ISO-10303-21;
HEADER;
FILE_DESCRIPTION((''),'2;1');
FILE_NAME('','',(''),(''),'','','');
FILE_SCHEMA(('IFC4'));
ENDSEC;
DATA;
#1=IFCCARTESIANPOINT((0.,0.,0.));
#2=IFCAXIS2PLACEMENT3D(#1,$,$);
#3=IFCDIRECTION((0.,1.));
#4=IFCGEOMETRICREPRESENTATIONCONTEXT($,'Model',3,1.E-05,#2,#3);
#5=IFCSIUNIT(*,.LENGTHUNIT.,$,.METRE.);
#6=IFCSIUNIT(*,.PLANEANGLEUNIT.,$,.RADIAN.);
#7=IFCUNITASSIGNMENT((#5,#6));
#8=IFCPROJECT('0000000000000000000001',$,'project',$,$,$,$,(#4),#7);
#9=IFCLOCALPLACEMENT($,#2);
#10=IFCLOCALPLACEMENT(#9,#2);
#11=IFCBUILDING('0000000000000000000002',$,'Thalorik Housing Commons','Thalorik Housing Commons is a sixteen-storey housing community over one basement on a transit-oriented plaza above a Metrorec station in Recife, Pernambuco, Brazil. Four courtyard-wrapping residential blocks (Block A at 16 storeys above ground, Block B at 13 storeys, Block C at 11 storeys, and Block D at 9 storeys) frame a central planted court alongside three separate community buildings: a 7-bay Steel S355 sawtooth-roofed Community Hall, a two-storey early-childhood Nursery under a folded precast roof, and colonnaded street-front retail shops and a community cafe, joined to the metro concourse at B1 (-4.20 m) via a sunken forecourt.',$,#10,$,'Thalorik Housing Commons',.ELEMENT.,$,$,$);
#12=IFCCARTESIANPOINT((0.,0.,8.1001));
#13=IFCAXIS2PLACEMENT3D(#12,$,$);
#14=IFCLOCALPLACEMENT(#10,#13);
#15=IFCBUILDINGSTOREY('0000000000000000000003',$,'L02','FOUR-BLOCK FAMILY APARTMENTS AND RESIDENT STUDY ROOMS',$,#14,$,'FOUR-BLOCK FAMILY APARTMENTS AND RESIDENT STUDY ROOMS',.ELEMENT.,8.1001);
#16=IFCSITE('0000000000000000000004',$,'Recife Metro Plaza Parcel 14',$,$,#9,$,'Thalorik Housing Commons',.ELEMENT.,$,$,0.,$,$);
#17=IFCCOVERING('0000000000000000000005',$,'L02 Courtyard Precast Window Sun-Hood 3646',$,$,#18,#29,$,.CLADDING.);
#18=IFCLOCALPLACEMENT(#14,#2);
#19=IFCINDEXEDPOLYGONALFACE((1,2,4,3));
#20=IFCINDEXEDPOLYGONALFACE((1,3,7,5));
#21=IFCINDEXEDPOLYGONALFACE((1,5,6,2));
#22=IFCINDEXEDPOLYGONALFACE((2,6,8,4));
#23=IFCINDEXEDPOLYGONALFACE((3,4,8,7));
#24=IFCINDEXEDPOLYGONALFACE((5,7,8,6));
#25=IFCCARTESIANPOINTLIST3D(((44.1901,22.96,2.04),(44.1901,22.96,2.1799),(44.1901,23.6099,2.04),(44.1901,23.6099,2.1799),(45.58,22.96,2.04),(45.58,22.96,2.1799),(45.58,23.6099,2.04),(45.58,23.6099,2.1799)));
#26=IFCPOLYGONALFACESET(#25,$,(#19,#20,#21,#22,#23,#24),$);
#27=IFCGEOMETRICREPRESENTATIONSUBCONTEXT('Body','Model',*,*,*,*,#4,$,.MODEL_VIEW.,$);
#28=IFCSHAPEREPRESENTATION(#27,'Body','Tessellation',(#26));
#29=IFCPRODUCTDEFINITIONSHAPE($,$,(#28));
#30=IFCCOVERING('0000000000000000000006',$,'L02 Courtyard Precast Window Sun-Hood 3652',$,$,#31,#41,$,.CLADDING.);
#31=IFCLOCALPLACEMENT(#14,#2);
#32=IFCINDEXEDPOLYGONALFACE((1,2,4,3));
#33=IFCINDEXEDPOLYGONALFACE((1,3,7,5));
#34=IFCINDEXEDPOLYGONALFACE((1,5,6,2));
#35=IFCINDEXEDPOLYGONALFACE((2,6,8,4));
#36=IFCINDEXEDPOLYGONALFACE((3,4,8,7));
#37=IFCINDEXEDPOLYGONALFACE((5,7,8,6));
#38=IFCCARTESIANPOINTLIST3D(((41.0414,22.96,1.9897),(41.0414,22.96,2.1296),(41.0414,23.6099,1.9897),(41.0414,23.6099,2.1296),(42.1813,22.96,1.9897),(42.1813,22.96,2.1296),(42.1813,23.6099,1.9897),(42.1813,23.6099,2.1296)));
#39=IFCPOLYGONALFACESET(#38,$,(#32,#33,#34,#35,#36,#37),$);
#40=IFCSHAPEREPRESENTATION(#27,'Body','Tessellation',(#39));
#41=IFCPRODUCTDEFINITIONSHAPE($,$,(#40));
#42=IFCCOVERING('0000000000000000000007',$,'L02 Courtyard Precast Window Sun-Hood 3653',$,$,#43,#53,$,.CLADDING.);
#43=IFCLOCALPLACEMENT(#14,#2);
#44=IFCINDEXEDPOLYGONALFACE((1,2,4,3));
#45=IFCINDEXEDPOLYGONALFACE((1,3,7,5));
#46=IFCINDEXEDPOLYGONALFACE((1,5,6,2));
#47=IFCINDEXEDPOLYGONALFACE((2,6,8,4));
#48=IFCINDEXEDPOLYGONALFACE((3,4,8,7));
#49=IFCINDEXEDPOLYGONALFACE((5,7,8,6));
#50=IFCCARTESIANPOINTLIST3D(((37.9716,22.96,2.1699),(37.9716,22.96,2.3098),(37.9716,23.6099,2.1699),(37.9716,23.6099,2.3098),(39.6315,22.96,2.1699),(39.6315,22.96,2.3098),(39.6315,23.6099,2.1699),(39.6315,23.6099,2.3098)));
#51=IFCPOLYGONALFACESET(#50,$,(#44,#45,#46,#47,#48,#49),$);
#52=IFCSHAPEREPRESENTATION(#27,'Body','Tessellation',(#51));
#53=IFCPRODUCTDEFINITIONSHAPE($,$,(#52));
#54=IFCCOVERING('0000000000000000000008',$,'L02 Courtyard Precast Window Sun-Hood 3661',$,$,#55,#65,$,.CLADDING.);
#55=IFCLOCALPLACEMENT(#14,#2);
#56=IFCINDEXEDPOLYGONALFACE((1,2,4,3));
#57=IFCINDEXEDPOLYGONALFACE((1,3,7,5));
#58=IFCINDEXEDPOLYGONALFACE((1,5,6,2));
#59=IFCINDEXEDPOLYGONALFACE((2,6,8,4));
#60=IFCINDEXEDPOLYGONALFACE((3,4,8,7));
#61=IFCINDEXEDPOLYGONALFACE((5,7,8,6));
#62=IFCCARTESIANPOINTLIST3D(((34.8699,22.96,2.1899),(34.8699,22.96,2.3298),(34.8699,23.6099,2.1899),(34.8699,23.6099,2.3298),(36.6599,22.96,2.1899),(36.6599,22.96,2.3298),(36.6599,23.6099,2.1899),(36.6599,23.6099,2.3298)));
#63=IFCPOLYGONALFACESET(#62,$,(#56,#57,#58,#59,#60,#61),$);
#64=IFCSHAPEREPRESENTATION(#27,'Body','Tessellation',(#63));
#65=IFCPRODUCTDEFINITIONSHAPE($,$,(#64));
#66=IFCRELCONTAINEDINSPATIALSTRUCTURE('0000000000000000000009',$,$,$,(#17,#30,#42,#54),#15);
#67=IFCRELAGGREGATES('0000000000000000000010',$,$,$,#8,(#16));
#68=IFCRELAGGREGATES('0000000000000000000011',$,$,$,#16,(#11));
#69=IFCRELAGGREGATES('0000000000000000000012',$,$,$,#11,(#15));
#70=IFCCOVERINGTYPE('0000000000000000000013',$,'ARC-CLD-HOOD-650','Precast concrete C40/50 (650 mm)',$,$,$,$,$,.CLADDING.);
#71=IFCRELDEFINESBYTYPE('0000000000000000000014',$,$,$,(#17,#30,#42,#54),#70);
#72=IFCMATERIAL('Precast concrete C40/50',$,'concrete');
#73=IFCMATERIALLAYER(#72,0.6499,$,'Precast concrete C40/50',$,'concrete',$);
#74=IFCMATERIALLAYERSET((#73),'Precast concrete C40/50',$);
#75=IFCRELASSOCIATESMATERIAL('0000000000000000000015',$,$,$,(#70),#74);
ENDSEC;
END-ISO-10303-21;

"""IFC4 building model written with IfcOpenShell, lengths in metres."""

from ifc_helpers import new_model, si_unit, direction, frame, origin, origin_2d, place, context, subcontext, project, spatial, rectangle, extrude, material, layer, layer_set, type_object, element, save


model = new_model("IFC4")

# Units and contexts
model_context = context("Model", 3, precision=1e-05, world=origin(), true_north=direction((0.0, 1.0)))
body_context = subcontext(model_context, "Body", "Model", "MODEL_VIEW")
ifc_project = project(units=[si_unit("LENGTHUNIT", "METRE"), si_unit("PLANEANGLEUNIT", "RADIAN")], contexts=[model_context])

# Site, building, storey
site_placement = place(None, origin())
site = spatial("IfcSite", under=ifc_project, at=site_placement, Name="Recife Metro Plaza Parcel 14", LongName="Thalorik Housing Commons", CompositionType="ELEMENT", RefElevation=0.0)
building_placement = place(site_placement, origin())
building = spatial("IfcBuilding", under=site, at=building_placement, Name="Thalorik Housing Commons", Description="Thalorik Housing Commons is a sixteen-storey housing community over one basement on a transit-oriented plaza above a Metrorec station in Recife, Pernambuco, Brazil. Four courtyard-wrapping residential blocks (Block A at 16 storeys above ground, Block B at 13 storeys, Block C at 11 storeys, and Block D at 9 storeys) frame a central planted court alongside three separate community buildings: a 7-bay Steel S355 sawtooth-roofed Community Hall, a two-storey early-childhood Nursery under a folded precast roof, and colonnaded street-front retail shops and a community cafe, joined to the metro concourse at B1 (-4.20 m) via a sunken forecourt.", LongName="Thalorik Housing Commons", CompositionType="ELEMENT")
storey_placement = place(building_placement, frame((0.0, 0.0, 8.1001)))
storey = spatial("IfcBuildingStorey", under=building, at=storey_placement, Name="L02", Description="FOUR-BLOCK FAMILY APARTMENTS AND RESIDENT STUDY ROOMS", LongName="FOUR-BLOCK FAMILY APARTMENTS AND RESIDENT STUDY ROOMS", CompositionType="ELEMENT", Elevation=8.1001)

# Shared definitions
ifc_material_1 = material(Name="Precast concrete C40/50", Category="concrete")

# Coverings
ifc_layer_1 = layer(ifc_material_1, 0.6499, Name="Precast concrete C40/50", Category="concrete")
ifc_layer_set_1 = layer_set([ifc_layer_1], Name="Precast concrete C40/50")
covering_type_1 = type_object("IfcCoveringType", Name="ARC-CLD-HOOD-650", Description="Precast concrete C40/50 (650 mm)", PredefinedType="CLADDING", material=ifc_layer_set_1)
covering_1_placement = place(storey_placement, frame((44.885, 23.2849, 2.04), z_axis=(0.0, 0.0, 1.0), x_axis=(-1.0, 0.0, 0.0)))
element("IfcCovering", 1, at=covering_1_placement, inside=storey, type_object=covering_type_1, Name="L02 Courtyard Precast Window Sun-Hood 3646", PredefinedType="CLADDING", context=body_context, shape_type="SweptSolid", body=[
    extrude(rectangle(XDim=1.3899, YDim=0.6499, at=origin_2d()), origin(), (0.0, 0.0, 1.0), 0.1399),
])
covering_2_placement = place(storey_placement, frame((41.6113, 23.2849, 1.9897), z_axis=(0.0, 0.0, 1.0), x_axis=(-1.0, 0.0, 0.0)))
element("IfcCovering", 2, at=covering_2_placement, inside=storey, type_object=covering_type_1, Name="L02 Courtyard Precast Window Sun-Hood 3652", PredefinedType="CLADDING", context=body_context, shape_type="SweptSolid", body=[
    extrude(rectangle(XDim=1.1399, YDim=0.6499, at=origin_2d()), origin(), (0.0, 0.0, 1.0), 0.1399),
])
covering_3_placement = place(storey_placement, frame((38.8015, 23.2849, 2.1699), z_axis=(0.0, 0.0, 1.0), x_axis=(-1.0, 0.0, 0.0)))
element("IfcCovering", 3, at=covering_3_placement, inside=storey, type_object=covering_type_1, Name="L02 Courtyard Precast Window Sun-Hood 3653", PredefinedType="CLADDING", context=body_context, shape_type="SweptSolid", body=[
    extrude(rectangle(XDim=1.6599, YDim=0.6499, at=origin_2d()), origin(), (0.0, 0.0, 1.0), 0.1399),
])
covering_4_placement = place(storey_placement, frame((35.7649, 23.2849, 2.1899), z_axis=(0.0, 0.0, 1.0), x_axis=(-1.0, 0.0, 0.0)))
element("IfcCovering", 4, at=covering_4_placement, inside=storey, type_object=covering_type_1, Name="L02 Courtyard Precast Window Sun-Hood 3661", PredefinedType="CLADDING", context=body_context, shape_type="SweptSolid", body=[
    extrude(rectangle(XDim=1.79, YDim=0.6499, at=origin_2d()), origin(), (0.0, 0.0, 1.0), 0.1399),
])

save(model, "model.ifc")
